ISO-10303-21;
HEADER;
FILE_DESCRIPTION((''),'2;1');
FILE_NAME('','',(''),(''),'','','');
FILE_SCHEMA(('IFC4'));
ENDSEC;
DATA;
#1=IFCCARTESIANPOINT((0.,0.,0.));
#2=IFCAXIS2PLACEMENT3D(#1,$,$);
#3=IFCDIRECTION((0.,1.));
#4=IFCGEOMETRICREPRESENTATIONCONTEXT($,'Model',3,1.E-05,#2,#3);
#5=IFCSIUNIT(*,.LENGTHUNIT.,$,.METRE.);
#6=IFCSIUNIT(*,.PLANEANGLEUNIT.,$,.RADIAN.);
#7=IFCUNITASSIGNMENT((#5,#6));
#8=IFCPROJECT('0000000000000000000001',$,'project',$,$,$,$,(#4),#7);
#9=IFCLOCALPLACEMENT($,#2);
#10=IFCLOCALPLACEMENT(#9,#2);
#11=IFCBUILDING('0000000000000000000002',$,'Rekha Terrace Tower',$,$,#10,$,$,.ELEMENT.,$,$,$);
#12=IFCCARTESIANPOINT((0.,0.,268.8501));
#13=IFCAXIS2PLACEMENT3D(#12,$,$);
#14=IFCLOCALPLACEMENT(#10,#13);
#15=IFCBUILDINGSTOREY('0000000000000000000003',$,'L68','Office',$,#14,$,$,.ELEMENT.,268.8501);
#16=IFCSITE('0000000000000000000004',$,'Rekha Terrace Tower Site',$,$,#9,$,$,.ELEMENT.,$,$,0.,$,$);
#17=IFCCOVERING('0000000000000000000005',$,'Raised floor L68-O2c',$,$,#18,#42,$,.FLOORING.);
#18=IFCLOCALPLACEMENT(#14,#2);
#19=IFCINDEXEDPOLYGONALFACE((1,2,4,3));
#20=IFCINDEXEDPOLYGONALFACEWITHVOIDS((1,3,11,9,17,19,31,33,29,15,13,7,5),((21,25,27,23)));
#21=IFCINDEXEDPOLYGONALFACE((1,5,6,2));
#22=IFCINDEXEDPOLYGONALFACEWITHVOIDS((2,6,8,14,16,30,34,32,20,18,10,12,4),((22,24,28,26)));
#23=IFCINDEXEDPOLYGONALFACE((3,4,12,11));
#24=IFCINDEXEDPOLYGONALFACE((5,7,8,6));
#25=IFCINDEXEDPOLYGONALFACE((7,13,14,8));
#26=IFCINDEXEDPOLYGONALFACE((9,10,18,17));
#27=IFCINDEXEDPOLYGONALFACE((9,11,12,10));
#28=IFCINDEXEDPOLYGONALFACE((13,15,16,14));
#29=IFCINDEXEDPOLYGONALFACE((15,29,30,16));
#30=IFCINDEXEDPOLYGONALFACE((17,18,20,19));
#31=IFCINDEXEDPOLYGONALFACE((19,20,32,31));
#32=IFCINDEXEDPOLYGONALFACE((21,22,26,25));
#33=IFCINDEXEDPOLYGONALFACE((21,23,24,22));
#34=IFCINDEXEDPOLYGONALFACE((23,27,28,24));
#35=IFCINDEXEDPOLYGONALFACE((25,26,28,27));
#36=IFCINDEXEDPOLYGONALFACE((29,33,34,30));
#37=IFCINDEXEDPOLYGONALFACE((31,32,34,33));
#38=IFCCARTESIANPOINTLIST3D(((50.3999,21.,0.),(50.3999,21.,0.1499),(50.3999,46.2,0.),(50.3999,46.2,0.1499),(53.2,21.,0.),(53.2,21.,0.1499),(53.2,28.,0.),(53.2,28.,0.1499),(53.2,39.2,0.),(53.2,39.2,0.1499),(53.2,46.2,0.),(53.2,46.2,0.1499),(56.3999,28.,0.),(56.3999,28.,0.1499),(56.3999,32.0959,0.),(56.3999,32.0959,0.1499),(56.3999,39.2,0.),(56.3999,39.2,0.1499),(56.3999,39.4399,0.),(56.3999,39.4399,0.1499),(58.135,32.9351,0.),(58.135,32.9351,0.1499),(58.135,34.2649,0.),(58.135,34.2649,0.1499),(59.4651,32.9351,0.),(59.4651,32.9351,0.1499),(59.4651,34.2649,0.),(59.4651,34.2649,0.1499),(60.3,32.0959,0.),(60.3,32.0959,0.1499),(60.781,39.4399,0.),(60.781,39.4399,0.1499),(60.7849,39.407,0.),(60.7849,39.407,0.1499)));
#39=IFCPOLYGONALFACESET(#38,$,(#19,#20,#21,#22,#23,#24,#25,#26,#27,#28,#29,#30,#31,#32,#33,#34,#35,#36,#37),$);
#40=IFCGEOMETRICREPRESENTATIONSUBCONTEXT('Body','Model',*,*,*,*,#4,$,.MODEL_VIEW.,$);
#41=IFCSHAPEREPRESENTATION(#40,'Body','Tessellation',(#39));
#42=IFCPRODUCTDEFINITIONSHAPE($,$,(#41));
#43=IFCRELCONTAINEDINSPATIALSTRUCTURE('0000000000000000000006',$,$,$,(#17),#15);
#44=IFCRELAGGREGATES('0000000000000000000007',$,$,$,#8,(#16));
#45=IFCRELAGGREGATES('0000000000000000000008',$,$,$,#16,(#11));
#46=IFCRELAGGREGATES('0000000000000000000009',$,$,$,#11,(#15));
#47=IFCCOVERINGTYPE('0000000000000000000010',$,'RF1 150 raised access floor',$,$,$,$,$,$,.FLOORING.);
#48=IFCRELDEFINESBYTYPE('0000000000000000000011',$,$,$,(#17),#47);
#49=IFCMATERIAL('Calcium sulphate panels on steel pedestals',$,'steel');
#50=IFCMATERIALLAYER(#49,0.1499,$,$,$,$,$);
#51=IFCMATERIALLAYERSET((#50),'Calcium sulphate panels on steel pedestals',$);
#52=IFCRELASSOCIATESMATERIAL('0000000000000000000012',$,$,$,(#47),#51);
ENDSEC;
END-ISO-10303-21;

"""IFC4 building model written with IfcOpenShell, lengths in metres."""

from ifc_helpers import new_model, si_unit, direction, frame, origin, place, context, subcontext, project, spatial, polyline, outline, extrude, material, layer, layer_set, type_object, element, save


model = new_model("IFC4")

# Units and contexts
model_context = context("Model", 3, precision=1e-05, world=origin(), true_north=direction((0.0, 1.0)))
body_context = subcontext(model_context, "Body", "Model", "MODEL_VIEW")
ifc_project = project(units=[si_unit("LENGTHUNIT", "METRE"), si_unit("PLANEANGLEUNIT", "RADIAN")], contexts=[model_context])

# Site, building, storey
site_placement = place(None, origin())
site = spatial("IfcSite", under=ifc_project, at=site_placement, Name="Rekha Terrace Tower Site", CompositionType="ELEMENT", RefElevation=0.0)
building_placement = place(site_placement, origin())
building = spatial("IfcBuilding", under=site, at=building_placement, Name="Rekha Terrace Tower", CompositionType="ELEMENT")
storey_placement = place(building_placement, frame((0.0, 0.0, 268.8501)))
storey = spatial("IfcBuildingStorey", under=building, at=storey_placement, Name="L68", Description="Office", CompositionType="ELEMENT", Elevation=268.8501)

# Covering
ifc_material_1 = material(Name="Calcium sulphate panels on steel pedestals", Category="steel")
ifc_layer_1 = layer(ifc_material_1, 0.1499)
ifc_layer_set_1 = layer_set([ifc_layer_1], Name="Calcium sulphate panels on steel pedestals")
covering_type_1 = type_object("IfcCoveringType", Name="RF1 150 raised access floor", PredefinedType="FLOORING", material=ifc_layer_set_1)
covering_1_placement = place(storey_placement, origin())
element("IfcCovering", 1, at=covering_1_placement, inside=storey, type_object=covering_type_1, Name="Raised floor L68-O2c", PredefinedType="FLOORING", context=body_context, shape_type="SweptSolid", body=[
    extrude(outline(polyline([(56.3999, 32.0959), (60.3, 32.0959), (60.7849, 39.407), (60.781, 39.4399), (56.3999, 39.4399), (56.3999, 39.2), (53.2, 39.2), (53.2, 46.2), (50.3999, 46.2), (50.3999, 21.0), (53.2, 21.0), (53.2, 28.0), (56.3999, 28.0), (56.3999, 32.0959)]), holes=[polyline([(59.4651, 34.2649), (59.4651, 32.9351), (58.135, 32.9351), (58.135, 34.2649), (59.4651, 34.2649)])]), origin(), (0.0, 0.0, 1.0), 0.1499),
])

save(model, "model.ifc")
